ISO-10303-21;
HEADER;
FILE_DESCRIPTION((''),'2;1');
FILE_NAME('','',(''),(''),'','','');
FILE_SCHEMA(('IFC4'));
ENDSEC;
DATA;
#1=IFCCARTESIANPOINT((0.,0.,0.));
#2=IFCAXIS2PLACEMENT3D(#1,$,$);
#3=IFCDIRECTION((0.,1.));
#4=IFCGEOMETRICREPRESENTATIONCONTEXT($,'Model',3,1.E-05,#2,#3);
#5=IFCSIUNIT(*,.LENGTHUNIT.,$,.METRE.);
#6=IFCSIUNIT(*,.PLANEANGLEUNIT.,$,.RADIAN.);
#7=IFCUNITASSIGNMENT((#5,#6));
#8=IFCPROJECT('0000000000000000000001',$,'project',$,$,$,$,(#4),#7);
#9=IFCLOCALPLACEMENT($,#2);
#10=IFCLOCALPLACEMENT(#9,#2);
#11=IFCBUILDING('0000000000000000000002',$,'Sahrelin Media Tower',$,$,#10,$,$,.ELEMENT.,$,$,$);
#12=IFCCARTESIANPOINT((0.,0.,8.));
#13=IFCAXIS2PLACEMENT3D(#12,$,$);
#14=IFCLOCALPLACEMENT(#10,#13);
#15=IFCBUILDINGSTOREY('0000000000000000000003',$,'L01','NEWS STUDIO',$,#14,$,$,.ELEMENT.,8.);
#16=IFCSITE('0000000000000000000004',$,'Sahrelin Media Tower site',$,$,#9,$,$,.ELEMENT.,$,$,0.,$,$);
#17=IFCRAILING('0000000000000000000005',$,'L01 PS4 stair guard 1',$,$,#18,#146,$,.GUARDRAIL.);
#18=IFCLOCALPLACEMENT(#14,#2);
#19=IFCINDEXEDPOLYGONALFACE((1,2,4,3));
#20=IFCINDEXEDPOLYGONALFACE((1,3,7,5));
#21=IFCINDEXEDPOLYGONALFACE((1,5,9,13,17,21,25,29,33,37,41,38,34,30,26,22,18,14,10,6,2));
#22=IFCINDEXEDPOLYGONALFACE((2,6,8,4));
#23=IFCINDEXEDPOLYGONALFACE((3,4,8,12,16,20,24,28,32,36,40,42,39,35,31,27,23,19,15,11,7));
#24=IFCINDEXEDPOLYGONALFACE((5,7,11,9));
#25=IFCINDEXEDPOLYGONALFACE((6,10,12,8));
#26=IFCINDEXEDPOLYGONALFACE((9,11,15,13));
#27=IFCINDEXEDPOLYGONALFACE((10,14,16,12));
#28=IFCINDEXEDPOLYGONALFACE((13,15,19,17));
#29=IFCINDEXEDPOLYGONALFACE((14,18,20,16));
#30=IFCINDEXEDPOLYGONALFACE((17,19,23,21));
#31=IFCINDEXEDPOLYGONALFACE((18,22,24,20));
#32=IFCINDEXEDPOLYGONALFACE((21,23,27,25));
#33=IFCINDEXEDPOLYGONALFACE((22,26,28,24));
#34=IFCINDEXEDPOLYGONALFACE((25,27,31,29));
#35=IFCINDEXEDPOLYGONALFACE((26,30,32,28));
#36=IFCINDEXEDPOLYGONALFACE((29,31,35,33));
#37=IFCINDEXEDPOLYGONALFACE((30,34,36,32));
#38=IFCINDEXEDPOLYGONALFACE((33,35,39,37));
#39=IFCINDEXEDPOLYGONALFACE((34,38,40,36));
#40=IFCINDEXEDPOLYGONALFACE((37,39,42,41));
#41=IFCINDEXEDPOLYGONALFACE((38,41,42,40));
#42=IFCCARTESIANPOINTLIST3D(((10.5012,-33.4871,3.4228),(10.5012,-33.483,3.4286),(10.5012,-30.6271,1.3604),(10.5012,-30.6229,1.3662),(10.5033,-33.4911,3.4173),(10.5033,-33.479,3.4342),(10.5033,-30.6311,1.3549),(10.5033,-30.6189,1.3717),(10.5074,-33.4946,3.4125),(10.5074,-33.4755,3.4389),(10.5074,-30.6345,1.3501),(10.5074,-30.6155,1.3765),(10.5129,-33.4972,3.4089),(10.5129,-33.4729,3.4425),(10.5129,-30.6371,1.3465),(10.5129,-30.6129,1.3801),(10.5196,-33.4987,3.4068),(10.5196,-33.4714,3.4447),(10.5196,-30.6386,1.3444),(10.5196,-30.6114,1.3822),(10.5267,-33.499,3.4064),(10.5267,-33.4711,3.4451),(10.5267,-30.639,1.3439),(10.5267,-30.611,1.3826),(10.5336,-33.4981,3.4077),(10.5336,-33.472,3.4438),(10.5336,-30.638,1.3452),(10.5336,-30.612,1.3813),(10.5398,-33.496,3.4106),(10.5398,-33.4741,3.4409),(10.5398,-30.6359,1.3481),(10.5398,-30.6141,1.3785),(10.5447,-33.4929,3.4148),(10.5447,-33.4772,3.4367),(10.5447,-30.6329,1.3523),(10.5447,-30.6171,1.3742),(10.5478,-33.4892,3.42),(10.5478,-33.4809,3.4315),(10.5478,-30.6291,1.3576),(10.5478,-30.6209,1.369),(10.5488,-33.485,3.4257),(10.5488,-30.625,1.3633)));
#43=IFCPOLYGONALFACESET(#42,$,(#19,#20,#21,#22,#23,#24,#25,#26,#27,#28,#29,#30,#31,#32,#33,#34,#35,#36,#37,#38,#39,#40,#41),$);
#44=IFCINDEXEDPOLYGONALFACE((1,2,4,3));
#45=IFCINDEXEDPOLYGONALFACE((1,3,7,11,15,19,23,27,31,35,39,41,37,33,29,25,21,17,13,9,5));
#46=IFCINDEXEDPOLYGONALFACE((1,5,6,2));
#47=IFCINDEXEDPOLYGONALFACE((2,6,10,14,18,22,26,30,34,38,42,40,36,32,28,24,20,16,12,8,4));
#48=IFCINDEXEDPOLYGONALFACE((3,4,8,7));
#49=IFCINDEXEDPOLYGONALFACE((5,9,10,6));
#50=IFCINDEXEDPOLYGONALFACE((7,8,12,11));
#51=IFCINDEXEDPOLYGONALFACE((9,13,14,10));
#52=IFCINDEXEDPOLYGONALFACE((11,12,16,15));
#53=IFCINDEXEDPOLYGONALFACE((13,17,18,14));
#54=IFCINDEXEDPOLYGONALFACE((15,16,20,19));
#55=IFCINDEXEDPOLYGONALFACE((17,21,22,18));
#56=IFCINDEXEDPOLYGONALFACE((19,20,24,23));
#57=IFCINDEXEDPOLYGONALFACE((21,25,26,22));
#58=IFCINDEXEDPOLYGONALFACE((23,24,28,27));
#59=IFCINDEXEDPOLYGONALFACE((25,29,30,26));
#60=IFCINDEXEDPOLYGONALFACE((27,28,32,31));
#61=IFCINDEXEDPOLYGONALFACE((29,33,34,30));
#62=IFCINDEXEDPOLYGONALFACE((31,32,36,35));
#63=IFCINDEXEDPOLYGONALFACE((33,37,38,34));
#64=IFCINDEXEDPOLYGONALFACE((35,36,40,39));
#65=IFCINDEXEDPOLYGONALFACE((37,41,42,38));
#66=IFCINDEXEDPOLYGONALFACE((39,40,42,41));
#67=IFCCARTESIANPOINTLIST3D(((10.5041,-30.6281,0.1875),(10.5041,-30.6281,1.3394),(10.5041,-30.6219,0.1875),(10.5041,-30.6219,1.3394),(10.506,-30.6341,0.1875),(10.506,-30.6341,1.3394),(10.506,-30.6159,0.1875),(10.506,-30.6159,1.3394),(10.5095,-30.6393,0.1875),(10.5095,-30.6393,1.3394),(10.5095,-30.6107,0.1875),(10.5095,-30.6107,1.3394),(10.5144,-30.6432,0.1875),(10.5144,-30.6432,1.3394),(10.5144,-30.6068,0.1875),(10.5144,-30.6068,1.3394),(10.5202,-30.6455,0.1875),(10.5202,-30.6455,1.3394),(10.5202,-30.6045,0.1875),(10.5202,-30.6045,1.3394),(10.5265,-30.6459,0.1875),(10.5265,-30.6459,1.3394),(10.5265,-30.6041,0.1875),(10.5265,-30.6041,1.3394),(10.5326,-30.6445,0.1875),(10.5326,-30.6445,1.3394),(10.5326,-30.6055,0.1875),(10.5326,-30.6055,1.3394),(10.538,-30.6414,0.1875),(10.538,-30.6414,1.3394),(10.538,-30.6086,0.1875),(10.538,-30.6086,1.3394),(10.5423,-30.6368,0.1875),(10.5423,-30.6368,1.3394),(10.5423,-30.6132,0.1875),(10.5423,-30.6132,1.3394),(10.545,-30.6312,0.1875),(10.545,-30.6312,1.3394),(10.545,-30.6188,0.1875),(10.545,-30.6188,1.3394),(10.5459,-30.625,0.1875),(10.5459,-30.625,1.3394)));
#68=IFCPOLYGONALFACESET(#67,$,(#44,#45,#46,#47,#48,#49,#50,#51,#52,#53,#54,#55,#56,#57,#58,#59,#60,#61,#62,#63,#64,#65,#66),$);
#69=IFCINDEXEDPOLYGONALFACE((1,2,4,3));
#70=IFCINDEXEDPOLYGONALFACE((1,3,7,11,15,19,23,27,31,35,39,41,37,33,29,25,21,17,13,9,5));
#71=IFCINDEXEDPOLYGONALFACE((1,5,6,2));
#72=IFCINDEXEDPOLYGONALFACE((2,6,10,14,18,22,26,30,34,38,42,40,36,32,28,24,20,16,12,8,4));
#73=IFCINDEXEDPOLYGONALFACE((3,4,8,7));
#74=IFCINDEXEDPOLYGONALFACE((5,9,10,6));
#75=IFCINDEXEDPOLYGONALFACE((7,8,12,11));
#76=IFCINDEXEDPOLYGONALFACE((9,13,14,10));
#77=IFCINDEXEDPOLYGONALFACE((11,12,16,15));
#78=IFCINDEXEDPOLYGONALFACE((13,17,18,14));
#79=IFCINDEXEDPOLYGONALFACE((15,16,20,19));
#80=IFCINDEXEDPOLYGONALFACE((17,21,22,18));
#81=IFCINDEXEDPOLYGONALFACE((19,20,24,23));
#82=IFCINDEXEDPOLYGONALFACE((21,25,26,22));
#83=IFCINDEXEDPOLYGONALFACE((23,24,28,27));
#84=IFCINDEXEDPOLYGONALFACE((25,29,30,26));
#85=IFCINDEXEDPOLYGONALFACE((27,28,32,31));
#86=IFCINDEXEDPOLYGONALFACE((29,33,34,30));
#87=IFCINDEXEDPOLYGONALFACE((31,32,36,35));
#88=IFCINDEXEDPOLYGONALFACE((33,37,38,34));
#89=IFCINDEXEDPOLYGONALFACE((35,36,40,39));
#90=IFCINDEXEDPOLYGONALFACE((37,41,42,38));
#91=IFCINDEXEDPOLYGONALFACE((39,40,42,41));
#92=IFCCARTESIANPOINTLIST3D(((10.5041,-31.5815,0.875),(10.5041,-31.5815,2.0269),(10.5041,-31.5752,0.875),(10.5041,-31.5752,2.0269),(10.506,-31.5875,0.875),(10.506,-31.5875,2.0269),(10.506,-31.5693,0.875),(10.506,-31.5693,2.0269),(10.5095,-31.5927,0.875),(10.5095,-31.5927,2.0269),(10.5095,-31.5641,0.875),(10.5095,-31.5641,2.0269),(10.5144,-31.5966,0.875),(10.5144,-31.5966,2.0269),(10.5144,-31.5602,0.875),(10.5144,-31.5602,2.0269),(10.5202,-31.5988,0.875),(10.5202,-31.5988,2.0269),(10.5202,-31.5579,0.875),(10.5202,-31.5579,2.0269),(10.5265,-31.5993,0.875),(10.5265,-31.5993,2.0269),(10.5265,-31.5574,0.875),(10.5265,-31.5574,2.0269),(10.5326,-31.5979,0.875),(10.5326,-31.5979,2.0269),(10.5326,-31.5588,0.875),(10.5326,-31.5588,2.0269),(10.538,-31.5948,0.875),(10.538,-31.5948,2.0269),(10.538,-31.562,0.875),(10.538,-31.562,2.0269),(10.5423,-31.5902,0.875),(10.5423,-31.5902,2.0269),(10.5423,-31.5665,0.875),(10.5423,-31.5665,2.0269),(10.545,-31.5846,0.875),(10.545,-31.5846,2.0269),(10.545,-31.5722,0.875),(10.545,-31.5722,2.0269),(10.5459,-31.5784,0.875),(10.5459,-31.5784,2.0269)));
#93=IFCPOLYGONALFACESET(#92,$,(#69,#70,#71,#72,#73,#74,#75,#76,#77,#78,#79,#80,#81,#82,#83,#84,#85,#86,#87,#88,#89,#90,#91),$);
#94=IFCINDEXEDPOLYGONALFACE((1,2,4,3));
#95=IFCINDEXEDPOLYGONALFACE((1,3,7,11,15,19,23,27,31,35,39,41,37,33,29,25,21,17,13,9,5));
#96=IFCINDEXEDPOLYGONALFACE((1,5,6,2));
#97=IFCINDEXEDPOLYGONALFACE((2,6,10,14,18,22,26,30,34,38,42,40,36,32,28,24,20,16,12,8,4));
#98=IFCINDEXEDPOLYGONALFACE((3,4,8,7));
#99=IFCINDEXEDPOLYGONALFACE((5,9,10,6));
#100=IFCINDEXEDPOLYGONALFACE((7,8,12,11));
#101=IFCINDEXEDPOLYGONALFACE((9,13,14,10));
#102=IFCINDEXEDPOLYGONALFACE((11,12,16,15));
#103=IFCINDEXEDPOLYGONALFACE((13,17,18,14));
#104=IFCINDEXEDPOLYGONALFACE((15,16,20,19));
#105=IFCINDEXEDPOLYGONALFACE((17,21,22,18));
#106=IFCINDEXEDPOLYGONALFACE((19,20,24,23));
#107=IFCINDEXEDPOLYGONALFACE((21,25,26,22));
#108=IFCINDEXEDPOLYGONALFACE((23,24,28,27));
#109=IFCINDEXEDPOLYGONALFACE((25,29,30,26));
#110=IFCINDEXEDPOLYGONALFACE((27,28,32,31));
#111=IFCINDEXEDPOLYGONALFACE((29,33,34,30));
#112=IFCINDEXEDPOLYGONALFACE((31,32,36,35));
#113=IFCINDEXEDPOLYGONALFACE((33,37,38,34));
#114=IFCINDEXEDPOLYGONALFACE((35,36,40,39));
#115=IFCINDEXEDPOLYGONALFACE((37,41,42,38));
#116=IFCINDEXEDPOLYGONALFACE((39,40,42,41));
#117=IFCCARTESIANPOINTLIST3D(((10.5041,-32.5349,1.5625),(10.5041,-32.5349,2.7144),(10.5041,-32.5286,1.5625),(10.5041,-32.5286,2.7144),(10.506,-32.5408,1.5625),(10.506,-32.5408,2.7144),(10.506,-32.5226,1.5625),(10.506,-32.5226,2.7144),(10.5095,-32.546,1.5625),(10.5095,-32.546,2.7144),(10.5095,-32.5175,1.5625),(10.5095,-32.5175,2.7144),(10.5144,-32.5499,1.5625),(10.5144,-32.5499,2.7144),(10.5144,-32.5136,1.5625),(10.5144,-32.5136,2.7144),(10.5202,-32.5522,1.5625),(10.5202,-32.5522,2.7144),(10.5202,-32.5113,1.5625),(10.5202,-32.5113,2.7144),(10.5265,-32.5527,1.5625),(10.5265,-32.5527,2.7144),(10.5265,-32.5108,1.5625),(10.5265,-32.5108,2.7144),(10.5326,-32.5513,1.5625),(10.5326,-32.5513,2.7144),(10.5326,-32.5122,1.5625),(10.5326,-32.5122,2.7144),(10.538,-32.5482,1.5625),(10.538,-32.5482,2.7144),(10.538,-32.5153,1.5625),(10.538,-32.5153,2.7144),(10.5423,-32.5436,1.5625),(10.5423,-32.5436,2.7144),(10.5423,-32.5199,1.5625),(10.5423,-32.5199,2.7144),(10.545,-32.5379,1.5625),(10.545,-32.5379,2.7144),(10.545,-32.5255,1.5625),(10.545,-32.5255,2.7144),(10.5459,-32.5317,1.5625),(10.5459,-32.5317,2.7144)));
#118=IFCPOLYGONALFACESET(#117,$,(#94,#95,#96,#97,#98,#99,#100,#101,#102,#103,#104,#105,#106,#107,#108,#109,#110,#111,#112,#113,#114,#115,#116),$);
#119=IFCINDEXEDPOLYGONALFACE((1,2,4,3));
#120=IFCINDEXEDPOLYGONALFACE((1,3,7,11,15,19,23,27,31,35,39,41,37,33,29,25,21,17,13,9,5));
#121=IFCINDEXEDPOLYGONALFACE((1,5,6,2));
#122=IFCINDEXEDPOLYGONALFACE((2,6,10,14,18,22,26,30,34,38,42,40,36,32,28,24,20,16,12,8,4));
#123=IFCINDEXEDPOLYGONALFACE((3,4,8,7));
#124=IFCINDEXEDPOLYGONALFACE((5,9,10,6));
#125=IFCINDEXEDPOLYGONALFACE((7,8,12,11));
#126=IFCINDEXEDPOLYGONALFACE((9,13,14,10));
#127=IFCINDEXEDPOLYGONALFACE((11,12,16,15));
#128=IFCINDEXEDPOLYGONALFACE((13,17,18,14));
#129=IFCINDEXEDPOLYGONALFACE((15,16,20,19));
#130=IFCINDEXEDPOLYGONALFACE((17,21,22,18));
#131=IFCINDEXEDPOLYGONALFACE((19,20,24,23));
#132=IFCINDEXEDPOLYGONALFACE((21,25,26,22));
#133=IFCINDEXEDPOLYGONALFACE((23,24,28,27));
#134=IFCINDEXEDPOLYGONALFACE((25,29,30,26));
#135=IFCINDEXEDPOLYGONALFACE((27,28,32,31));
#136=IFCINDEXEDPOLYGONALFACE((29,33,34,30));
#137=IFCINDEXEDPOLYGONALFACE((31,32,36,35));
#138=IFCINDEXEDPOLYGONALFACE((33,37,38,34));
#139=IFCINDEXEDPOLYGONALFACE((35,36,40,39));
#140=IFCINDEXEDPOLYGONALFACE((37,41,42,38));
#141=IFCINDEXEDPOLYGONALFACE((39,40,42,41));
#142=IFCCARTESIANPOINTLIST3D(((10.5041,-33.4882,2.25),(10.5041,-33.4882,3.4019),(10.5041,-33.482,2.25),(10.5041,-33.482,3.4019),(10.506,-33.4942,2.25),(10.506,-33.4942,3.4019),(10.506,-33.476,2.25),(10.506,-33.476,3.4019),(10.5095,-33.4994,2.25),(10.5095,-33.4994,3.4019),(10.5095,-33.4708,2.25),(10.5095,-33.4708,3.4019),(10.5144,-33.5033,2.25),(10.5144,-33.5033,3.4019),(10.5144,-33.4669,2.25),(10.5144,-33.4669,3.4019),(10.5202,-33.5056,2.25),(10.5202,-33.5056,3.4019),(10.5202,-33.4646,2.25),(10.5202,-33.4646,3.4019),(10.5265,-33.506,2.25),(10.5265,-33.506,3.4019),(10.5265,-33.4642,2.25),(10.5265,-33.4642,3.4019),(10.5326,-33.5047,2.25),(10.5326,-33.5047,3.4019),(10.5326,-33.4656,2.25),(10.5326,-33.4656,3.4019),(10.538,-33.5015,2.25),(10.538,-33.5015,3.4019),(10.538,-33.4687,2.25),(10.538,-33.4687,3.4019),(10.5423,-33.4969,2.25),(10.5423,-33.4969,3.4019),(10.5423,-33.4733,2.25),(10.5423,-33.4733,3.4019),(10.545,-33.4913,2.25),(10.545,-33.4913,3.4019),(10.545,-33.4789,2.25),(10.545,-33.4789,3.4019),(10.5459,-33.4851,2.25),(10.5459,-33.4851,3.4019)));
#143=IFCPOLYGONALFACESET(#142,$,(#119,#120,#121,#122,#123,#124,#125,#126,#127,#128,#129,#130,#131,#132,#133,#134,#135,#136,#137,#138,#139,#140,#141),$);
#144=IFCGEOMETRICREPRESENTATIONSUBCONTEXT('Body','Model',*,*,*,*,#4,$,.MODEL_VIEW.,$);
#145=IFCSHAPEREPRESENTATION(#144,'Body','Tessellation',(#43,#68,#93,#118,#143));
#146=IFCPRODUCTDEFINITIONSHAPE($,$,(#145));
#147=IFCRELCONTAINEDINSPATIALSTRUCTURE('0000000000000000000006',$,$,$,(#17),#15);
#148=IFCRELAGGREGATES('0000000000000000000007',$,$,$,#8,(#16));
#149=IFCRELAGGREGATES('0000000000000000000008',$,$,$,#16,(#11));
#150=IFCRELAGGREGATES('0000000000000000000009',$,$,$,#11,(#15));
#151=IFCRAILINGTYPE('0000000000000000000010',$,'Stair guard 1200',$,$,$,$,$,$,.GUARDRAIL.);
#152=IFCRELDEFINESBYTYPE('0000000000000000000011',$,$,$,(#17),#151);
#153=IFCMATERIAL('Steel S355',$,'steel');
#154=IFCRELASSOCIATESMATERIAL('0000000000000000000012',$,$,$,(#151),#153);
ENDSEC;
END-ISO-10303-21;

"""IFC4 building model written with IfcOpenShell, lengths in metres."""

from ifc_helpers import new_model, si_unit, direction, frame, origin, origin_2d, place, context, subcontext, project, spatial, circle, extrude, material, type_object, element, save


model = new_model("IFC4")

# Units and contexts
model_context = context("Model", 3, precision=1e-05, world=origin(), true_north=direction((0.0, 1.0)))
body_context = subcontext(model_context, "Body", "Model", "MODEL_VIEW")
ifc_project = project(units=[si_unit("LENGTHUNIT", "METRE"), si_unit("PLANEANGLEUNIT", "RADIAN")], contexts=[model_context])

# Site, building, storey
site_placement = place(None, origin())
site = spatial("IfcSite", under=ifc_project, at=site_placement, Name="Sahrelin Media Tower site", CompositionType="ELEMENT", RefElevation=0.0)
building_placement = place(site_placement, origin())
building = spatial("IfcBuilding", under=site, at=building_placement, Name="Sahrelin Media Tower", CompositionType="ELEMENT")
storey_placement = place(building_placement, frame((0.0, 0.0, 8.0)))
storey = spatial("IfcBuildingStorey", under=building, at=storey_placement, Name="L01", Description="NEWS STUDIO", CompositionType="ELEMENT", Elevation=8.0)

# Shared definitions
ifc_material_1 = material(Name="Steel S355", Category="steel")

# Railing
railing_type_1 = type_object("IfcRailingType", Name="Stair guard 1200", PredefinedType="GUARDRAIL", material=ifc_material_1)
railing_1_placement = place(storey_placement, frame((10.5249, -30.625, 0.1875)))
element("IfcRailing", 1, at=railing_1_placement, inside=storey, type_object=railing_type_1, Name="L01 PS4 stair guard 1", PredefinedType="GUARDRAIL", context=body_context, shape_type="SweptSolid", body=[
    extrude(circle(Radius=0.0239, at=origin_2d()), frame((0.0, 0.0, 1.1758), z_axis=(0.0, -0.811101, 0.584906), x_axis=(1.0, 0.0, 0.0)), (0.0, 0.0, 1.0), 3.5261),
    extrude(circle(Radius=0.021, at=origin_2d()), origin(), (0.0, 0.0, 1.0), 1.1519),
    extrude(circle(Radius=0.021, at=origin_2d()), frame((0.0, -0.9534, 0.6875)), (0.0, 0.0, 1.0), 1.1519),
    extrude(circle(Radius=0.021, at=origin_2d()), frame((0.0, -1.9067, 1.375)), (0.0, 0.0, 1.0), 1.1519),
    extrude(circle(Radius=0.021, at=origin_2d()), frame((0.0, -2.8601, 2.0625)), (0.0, 0.0, 1.0), 1.1519),
])

save(model, "model.ifc")
